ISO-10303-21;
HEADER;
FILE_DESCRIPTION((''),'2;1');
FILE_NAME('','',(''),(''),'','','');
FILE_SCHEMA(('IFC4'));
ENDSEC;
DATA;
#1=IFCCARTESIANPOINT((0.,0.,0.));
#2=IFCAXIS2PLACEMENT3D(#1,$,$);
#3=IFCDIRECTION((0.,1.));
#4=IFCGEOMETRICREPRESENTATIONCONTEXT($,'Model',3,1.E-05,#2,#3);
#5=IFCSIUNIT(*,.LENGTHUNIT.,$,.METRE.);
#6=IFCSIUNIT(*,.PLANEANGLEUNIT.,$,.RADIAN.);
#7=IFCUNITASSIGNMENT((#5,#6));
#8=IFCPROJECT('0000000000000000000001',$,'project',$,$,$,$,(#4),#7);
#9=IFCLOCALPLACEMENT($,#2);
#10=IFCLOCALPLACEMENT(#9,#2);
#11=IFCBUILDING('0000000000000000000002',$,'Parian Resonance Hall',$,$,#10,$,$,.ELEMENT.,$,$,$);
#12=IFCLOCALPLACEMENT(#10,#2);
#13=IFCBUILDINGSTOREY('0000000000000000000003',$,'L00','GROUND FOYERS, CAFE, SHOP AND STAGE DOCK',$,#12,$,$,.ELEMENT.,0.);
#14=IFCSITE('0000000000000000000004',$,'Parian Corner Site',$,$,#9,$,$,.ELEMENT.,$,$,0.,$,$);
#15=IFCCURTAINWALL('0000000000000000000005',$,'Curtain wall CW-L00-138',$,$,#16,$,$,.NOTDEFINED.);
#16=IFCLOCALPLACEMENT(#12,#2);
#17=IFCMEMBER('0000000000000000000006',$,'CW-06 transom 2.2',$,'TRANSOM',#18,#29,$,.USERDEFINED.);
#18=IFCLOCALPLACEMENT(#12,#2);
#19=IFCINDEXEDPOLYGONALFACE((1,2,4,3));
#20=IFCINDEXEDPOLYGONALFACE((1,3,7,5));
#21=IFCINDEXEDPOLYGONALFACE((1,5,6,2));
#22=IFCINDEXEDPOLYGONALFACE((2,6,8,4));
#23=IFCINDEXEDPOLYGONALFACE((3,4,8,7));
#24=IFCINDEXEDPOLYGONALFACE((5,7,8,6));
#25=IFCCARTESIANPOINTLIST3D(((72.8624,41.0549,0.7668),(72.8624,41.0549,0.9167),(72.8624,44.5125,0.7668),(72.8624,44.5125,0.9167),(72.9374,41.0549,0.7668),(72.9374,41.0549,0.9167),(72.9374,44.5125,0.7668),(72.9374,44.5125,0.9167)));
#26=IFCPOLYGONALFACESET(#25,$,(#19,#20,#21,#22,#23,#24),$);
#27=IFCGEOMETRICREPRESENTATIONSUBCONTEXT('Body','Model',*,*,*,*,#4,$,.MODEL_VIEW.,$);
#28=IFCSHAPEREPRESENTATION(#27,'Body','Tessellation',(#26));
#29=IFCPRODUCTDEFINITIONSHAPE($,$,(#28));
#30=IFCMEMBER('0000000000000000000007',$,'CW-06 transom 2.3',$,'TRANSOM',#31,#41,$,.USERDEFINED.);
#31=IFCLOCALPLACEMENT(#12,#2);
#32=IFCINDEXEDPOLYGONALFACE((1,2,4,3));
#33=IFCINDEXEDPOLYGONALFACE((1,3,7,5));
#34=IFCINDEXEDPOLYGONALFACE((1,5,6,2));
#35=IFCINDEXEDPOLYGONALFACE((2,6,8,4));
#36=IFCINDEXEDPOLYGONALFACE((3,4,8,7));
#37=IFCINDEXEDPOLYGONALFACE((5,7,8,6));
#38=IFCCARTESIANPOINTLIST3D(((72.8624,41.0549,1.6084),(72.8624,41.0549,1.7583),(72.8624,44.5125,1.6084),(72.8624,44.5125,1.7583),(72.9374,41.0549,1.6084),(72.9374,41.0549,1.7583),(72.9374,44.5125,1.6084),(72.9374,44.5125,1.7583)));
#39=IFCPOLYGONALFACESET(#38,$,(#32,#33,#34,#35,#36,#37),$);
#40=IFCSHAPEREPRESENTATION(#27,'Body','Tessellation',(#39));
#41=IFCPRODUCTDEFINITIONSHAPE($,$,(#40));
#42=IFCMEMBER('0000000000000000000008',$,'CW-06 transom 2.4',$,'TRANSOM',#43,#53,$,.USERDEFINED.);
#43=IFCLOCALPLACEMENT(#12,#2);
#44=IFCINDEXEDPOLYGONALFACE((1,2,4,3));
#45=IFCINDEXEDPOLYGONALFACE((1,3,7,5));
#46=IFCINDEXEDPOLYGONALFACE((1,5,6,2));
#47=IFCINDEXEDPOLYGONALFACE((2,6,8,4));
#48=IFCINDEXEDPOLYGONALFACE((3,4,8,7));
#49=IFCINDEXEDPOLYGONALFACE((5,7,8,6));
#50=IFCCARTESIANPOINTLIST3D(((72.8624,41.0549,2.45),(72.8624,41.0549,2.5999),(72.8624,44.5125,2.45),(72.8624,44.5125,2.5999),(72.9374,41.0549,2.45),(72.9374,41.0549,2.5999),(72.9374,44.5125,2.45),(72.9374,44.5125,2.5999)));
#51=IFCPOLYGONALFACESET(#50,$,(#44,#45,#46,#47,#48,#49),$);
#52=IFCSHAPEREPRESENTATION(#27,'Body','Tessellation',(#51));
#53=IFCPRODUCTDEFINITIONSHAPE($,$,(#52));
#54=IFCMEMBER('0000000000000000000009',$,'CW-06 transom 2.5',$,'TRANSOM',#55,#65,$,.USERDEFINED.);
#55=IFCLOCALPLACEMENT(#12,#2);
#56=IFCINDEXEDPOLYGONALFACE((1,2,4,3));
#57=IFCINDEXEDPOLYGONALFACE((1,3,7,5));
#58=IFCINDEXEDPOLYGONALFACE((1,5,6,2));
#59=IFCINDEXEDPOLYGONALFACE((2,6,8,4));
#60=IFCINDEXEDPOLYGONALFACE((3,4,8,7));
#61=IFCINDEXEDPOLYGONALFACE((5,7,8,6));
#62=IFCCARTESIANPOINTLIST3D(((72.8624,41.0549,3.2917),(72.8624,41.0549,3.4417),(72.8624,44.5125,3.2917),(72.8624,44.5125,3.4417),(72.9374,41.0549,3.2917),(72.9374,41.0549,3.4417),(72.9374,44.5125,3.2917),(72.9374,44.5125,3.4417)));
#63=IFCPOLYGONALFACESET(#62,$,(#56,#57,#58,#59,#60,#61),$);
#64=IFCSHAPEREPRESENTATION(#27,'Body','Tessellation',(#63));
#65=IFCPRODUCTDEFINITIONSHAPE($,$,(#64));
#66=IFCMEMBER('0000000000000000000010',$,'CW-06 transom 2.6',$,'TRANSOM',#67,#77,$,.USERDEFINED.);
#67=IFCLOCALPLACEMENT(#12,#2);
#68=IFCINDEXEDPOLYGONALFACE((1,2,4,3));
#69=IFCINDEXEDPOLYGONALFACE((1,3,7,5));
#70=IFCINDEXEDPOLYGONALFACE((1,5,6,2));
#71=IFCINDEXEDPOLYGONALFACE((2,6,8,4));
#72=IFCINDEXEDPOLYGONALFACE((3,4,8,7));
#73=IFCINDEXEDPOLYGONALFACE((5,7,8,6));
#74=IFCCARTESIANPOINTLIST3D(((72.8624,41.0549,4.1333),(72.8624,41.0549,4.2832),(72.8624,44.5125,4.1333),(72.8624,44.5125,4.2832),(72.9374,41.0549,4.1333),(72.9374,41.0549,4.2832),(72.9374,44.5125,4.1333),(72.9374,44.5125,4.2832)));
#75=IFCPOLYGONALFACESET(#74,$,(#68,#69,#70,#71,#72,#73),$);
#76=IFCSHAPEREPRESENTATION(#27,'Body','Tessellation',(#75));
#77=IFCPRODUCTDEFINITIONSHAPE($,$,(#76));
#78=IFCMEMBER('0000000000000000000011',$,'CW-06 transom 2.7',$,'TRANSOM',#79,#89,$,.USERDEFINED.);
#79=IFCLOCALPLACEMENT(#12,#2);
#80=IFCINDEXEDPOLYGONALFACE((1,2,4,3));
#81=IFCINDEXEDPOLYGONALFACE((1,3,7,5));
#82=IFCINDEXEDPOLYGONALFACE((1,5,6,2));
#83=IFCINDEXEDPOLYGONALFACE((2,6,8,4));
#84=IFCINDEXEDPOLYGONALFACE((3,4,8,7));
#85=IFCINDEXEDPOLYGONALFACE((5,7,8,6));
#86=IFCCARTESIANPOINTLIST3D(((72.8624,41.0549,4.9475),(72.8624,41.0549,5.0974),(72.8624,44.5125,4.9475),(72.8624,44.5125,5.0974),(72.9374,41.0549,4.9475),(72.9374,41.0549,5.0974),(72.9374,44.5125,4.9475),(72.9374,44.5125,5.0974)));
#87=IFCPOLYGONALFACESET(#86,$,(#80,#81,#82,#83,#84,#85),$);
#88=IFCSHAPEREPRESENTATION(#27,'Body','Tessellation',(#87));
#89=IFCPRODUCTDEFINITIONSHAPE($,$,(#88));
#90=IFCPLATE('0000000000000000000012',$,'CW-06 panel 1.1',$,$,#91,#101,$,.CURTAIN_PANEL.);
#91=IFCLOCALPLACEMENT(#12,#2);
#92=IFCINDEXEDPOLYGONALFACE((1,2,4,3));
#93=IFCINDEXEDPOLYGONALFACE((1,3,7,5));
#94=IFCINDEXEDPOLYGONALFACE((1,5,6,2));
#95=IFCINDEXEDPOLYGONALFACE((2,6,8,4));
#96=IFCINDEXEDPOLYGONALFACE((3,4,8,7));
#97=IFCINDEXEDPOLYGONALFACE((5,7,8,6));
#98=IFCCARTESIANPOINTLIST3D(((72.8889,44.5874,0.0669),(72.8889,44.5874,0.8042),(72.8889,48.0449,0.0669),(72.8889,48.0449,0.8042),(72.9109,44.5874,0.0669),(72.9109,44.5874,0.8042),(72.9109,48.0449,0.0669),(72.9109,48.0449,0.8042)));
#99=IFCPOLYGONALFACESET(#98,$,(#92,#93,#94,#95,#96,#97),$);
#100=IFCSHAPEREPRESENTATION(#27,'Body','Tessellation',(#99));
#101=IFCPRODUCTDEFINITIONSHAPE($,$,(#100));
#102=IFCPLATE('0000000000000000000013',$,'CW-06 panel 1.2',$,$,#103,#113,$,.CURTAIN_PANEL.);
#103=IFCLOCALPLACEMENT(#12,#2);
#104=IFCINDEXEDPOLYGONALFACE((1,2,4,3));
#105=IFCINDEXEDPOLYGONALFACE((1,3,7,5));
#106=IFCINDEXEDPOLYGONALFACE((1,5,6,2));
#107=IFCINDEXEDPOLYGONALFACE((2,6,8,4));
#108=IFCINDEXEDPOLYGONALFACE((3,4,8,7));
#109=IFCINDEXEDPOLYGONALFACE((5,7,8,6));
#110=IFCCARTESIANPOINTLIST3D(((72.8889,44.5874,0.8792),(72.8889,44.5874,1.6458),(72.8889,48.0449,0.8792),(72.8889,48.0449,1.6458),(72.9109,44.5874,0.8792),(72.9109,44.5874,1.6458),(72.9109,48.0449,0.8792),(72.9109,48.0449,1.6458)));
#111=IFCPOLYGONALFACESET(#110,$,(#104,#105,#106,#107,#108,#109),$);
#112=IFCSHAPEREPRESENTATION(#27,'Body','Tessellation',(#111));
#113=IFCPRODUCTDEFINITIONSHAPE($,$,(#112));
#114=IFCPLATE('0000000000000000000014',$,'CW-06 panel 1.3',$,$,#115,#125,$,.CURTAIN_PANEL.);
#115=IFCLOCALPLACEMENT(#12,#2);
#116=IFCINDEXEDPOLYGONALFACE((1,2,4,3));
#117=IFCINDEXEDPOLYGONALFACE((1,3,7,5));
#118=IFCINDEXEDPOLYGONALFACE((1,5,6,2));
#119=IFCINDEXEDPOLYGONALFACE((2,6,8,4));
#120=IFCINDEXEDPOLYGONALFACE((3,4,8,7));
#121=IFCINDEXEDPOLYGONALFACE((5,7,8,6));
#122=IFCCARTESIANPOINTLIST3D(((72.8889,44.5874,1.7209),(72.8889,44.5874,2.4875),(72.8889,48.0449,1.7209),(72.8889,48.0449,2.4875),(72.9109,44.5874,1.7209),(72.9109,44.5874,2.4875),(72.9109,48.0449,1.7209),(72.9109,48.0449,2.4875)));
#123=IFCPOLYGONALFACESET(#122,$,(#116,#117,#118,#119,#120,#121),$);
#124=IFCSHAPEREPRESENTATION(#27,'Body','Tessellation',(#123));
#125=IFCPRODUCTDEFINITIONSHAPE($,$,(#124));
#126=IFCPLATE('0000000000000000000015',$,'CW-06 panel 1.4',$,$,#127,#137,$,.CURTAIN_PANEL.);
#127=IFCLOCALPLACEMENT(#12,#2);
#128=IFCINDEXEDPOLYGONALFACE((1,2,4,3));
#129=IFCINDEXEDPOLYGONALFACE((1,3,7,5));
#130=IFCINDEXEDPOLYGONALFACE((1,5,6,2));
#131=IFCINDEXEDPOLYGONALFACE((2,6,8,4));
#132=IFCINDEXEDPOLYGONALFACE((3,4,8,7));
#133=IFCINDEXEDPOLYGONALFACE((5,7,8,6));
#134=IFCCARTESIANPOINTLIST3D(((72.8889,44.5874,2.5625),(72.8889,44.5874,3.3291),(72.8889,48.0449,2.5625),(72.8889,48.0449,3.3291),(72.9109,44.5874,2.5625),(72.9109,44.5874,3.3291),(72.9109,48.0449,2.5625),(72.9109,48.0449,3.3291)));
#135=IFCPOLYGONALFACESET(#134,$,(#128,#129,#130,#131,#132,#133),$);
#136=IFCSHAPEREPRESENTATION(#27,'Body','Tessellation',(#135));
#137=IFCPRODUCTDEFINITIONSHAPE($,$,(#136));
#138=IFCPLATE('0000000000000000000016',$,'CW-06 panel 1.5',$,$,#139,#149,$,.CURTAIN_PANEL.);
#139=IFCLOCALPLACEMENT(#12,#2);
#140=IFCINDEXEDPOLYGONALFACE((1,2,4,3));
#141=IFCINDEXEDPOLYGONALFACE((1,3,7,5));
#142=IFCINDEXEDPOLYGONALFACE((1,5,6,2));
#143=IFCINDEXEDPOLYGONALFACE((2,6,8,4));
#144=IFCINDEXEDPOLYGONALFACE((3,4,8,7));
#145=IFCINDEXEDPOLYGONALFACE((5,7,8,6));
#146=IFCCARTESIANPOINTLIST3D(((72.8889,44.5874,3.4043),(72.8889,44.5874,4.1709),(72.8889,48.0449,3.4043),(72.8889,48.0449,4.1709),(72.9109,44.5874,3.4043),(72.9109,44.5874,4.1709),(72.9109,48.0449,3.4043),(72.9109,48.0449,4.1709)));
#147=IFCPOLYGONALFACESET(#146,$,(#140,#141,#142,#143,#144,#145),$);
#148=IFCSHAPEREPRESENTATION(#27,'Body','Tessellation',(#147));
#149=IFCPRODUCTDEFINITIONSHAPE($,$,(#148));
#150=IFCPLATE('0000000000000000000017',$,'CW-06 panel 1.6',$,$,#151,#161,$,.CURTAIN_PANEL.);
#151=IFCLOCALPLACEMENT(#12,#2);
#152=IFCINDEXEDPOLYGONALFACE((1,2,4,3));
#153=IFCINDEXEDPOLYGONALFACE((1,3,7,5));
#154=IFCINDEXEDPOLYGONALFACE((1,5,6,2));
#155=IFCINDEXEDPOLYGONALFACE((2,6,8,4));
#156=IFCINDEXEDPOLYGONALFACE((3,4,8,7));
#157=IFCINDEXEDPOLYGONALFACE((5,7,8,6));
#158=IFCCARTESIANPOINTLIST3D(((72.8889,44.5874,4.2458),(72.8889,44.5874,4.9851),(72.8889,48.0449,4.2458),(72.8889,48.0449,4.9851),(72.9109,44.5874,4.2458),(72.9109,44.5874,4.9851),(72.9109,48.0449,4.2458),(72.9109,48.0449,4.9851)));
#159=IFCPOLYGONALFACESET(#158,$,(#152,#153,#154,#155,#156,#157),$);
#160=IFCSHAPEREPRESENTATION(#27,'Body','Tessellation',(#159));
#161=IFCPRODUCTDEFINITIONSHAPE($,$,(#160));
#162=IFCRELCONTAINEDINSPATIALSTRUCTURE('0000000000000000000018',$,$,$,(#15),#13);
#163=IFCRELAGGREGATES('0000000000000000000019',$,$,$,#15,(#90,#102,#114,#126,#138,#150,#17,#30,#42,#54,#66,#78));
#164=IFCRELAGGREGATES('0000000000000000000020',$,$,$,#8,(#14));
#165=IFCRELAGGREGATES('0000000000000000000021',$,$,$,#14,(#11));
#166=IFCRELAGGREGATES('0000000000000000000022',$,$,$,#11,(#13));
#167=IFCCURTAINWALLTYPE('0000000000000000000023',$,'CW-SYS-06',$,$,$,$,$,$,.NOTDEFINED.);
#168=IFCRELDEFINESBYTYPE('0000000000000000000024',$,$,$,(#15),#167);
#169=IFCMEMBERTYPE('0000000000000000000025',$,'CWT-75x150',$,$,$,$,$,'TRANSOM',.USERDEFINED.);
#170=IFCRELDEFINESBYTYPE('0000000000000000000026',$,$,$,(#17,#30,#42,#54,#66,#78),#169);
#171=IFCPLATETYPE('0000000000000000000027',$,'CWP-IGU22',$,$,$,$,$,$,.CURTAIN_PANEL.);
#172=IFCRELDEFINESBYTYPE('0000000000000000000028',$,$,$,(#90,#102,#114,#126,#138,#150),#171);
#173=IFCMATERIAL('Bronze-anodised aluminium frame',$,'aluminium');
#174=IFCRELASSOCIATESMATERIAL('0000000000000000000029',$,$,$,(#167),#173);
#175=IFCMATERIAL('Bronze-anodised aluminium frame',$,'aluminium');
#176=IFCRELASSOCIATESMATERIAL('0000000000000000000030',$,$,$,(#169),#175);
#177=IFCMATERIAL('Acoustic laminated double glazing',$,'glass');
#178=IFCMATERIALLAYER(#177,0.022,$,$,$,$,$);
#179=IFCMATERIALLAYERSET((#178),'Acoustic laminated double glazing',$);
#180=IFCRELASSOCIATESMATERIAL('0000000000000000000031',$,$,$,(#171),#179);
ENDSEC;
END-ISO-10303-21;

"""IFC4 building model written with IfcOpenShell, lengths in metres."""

from ifc_helpers import new_model, si_unit, direction, frame, origin, origin_2d, place, context, subcontext, project, spatial, rectangle, extrude, material, layer, layer_set, material_profile, profile_set, type_object, element, aggregate, save


model = new_model("IFC4")

# Units and contexts
model_context = context("Model", 3, precision=1e-05, world=origin(), true_north=direction((0.0, 1.0)))
body_context = subcontext(model_context, "Body", "Model", "MODEL_VIEW")
ifc_project = project(units=[si_unit("LENGTHUNIT", "METRE"), si_unit("PLANEANGLEUNIT", "RADIAN")], contexts=[model_context])

# Site, building, storey
site_placement = place(None, origin())
site = spatial("IfcSite", under=ifc_project, at=site_placement, Name="Parian Corner Site", CompositionType="ELEMENT", RefElevation=0.0)
building_placement = place(site_placement, origin())
building = spatial("IfcBuilding", under=site, at=building_placement, Name="Parian Resonance Hall", CompositionType="ELEMENT")
storey_placement = place(building_placement, origin())
storey = spatial("IfcBuildingStorey", under=building, at=storey_placement, Name="L00", Description="GROUND FOYERS, CAFE, SHOP AND STAGE DOCK", CompositionType="ELEMENT", Elevation=0.0)

# Curtain wall, members, plates
ifc_material_1 = material(Name="Bronze-anodised aluminium frame", Category="aluminium")
curtain_wall_type = type_object("IfcCurtainWallType", Name="CW-SYS-06", PredefinedType="NOTDEFINED", material=ifc_material_1)
curtain_wall_placement = place(storey_placement, origin())
curtain_wall = element("IfcCurtainWall", 1, at=curtain_wall_placement, inside=storey, type_object=curtain_wall_type, Name="Curtain wall CW-L00-138", PredefinedType="NOTDEFINED")
ifc_material_2 = material(Name="Bronze-anodised aluminium frame", Category="aluminium")
ifc_material_profile_1 = material_profile(ifc_material_2, rectangle(XDim=0.075, YDim=0.1499, at=origin_2d()), Name="CWT-75x150")
ifc_profile_set_1 = profile_set([ifc_material_profile_1], Name="Bronze-anodised aluminium frame")
member_type_1 = type_object("IfcMemberType", Name="CWT-75x150", ElementType="TRANSOM", PredefinedType="USERDEFINED", material=ifc_profile_set_1)
member_1_placement = place(storey_placement, frame((72.8999, 44.5125, 0.8418), z_axis=(0.0, -1.0, 0.0), x_axis=(1.0, 0.0, 0.0)))
member_1 = element("IfcMember", 2, at=member_1_placement, type_object=member_type_1, Name="CW-06 transom 2.2", ObjectType="TRANSOM", PredefinedType="USERDEFINED", context=body_context, shape_type="SweptSolid", body=[
    extrude(rectangle(XDim=0.075, YDim=0.1499, at=origin_2d()), origin(), (0.0, 0.0, 1.0), 3.4575),
])
member_2_placement = place(storey_placement, frame((72.8999, 44.5125, 1.6833), z_axis=(0.0, -1.0, 0.0), x_axis=(1.0, 0.0, 0.0)))
member_2 = element("IfcMember", 3, at=member_2_placement, type_object=member_type_1, Name="CW-06 transom 2.3", ObjectType="TRANSOM", PredefinedType="USERDEFINED", context=body_context, shape_type="SweptSolid", body=[
    extrude(rectangle(XDim=0.075, YDim=0.1499, at=origin_2d()), origin(), (0.0, 0.0, 1.0), 3.4575),
])
member_3_placement = place(storey_placement, frame((72.8999, 44.5125, 2.5249), z_axis=(0.0, -1.0, 0.0), x_axis=(1.0, 0.0, 0.0)))
member_3 = element("IfcMember", 4, at=member_3_placement, type_object=member_type_1, Name="CW-06 transom 2.4", ObjectType="TRANSOM", PredefinedType="USERDEFINED", context=body_context, shape_type="SweptSolid", body=[
    extrude(rectangle(XDim=0.075, YDim=0.1499, at=origin_2d()), origin(), (0.0, 0.0, 1.0), 3.4575),
])
member_4_placement = place(storey_placement, frame((72.8999, 44.5125, 3.3667), z_axis=(0.0, -1.0, 0.0), x_axis=(1.0, 0.0, 0.0)))
member_4 = element("IfcMember", 5, at=member_4_placement, type_object=member_type_1, Name="CW-06 transom 2.5", ObjectType="TRANSOM", PredefinedType="USERDEFINED", context=body_context, shape_type="SweptSolid", body=[
    extrude(rectangle(XDim=0.075, YDim=0.1499, at=origin_2d()), origin(), (0.0, 0.0, 1.0), 3.4575),
])
member_5_placement = place(storey_placement, frame((72.8999, 44.5125, 4.2083), z_axis=(0.0, -1.0, 0.0), x_axis=(1.0, 0.0, 0.0)))
member_5 = element("IfcMember", 6, at=member_5_placement, type_object=member_type_1, Name="CW-06 transom 2.6", ObjectType="TRANSOM", PredefinedType="USERDEFINED", context=body_context, shape_type="SweptSolid", body=[
    extrude(rectangle(XDim=0.075, YDim=0.1499, at=origin_2d()), origin(), (0.0, 0.0, 1.0), 3.4575),
])
member_6_placement = place(storey_placement, frame((72.8999, 44.5125, 5.0225), z_axis=(0.0, -1.0, 0.0), x_axis=(1.0, 0.0, 0.0)))
member_6 = element("IfcMember", 7, at=member_6_placement, type_object=member_type_1, Name="CW-06 transom 2.7", ObjectType="TRANSOM", PredefinedType="USERDEFINED", context=body_context, shape_type="SweptSolid", body=[
    extrude(rectangle(XDim=0.075, YDim=0.1499, at=origin_2d()), origin(), (0.0, 0.0, 1.0), 3.4575),
])
ifc_material_3 = material(Name="Acoustic laminated double glazing", Category="glass")
ifc_layer = layer(ifc_material_3, 0.022)
ifc_layer_set = layer_set([ifc_layer], Name="Acoustic laminated double glazing")
plate_type = type_object("IfcPlateType", Name="CWP-IGU22", PredefinedType="CURTAIN_PANEL", material=ifc_layer_set)
plate_1_placement = place(storey_placement, frame((72.8999, 46.3162, 0.0669), z_axis=(0.0, 0.0, 1.0), x_axis=(0.0, -1.0, 0.0)))
plate_1 = element("IfcPlate", 8, at=plate_1_placement, type_object=plate_type, Name="CW-06 panel 1.1", PredefinedType="CURTAIN_PANEL", context=body_context, shape_type="SweptSolid", body=[
    extrude(rectangle(XDim=3.4575, YDim=0.022, at=origin_2d()), origin(), (0.0, 0.0, 1.0), 0.7373),
])
plate_2_placement = place(storey_placement, frame((72.8999, 46.3162, 0.8792), z_axis=(0.0, 0.0, 1.0), x_axis=(0.0, -1.0, 0.0)))
plate_2 = element("IfcPlate", 9, at=plate_2_placement, type_object=plate_type, Name="CW-06 panel 1.2", PredefinedType="CURTAIN_PANEL", context=body_context, shape_type="SweptSolid", body=[
    extrude(rectangle(XDim=3.4575, YDim=0.022, at=origin_2d()), origin(), (0.0, 0.0, 1.0), 0.7666),
])
plate_3_placement = place(storey_placement, frame((72.8999, 46.3162, 1.7209), z_axis=(0.0, 0.0, 1.0), x_axis=(0.0, -1.0, 0.0)))
plate_3 = element("IfcPlate", 10, at=plate_3_placement, type_object=plate_type, Name="CW-06 panel 1.3", PredefinedType="CURTAIN_PANEL", context=body_context, shape_type="SweptSolid", body=[
    extrude(rectangle(XDim=3.4575, YDim=0.022, at=origin_2d()), origin(), (0.0, 0.0, 1.0), 0.7666),
])
plate_4_placement = place(storey_placement, frame((72.8999, 46.3162, 2.5625), z_axis=(0.0, 0.0, 1.0), x_axis=(0.0, -1.0, 0.0)))
plate_4 = element("IfcPlate", 11, at=plate_4_placement, type_object=plate_type, Name="CW-06 panel 1.4", PredefinedType="CURTAIN_PANEL", context=body_context, shape_type="SweptSolid", body=[
    extrude(rectangle(XDim=3.4575, YDim=0.022, at=origin_2d()), origin(), (0.0, 0.0, 1.0), 0.7666),
])
plate_5_placement = place(storey_placement, frame((72.8999, 46.3162, 3.4043), z_axis=(0.0, 0.0, 1.0), x_axis=(0.0, -1.0, 0.0)))
plate_5 = element("IfcPlate", 12, at=plate_5_placement, type_object=plate_type, Name="CW-06 panel 1.5", PredefinedType="CURTAIN_PANEL", context=body_context, shape_type="SweptSolid", body=[
    extrude(rectangle(XDim=3.4575, YDim=0.022, at=origin_2d()), origin(), (0.0, 0.0, 1.0), 0.7666),
])
plate_6_placement = place(storey_placement, frame((72.8999, 46.3162, 4.2458), z_axis=(0.0, 0.0, 1.0), x_axis=(0.0, -1.0, 0.0)))
plate_6 = element("IfcPlate", 13, at=plate_6_placement, type_object=plate_type, Name="CW-06 panel 1.6", PredefinedType="CURTAIN_PANEL", context=body_context, shape_type="SweptSolid", body=[
    extrude(rectangle(XDim=3.4575, YDim=0.022, at=origin_2d()), origin(), (0.0, 0.0, 1.0), 0.7393),
])
aggregate(curtain_wall, [plate_1, plate_2, plate_3, plate_4, plate_5, plate_6, member_1, member_2, member_3, member_4, member_5, member_6])

save(model, "model.ifc")
